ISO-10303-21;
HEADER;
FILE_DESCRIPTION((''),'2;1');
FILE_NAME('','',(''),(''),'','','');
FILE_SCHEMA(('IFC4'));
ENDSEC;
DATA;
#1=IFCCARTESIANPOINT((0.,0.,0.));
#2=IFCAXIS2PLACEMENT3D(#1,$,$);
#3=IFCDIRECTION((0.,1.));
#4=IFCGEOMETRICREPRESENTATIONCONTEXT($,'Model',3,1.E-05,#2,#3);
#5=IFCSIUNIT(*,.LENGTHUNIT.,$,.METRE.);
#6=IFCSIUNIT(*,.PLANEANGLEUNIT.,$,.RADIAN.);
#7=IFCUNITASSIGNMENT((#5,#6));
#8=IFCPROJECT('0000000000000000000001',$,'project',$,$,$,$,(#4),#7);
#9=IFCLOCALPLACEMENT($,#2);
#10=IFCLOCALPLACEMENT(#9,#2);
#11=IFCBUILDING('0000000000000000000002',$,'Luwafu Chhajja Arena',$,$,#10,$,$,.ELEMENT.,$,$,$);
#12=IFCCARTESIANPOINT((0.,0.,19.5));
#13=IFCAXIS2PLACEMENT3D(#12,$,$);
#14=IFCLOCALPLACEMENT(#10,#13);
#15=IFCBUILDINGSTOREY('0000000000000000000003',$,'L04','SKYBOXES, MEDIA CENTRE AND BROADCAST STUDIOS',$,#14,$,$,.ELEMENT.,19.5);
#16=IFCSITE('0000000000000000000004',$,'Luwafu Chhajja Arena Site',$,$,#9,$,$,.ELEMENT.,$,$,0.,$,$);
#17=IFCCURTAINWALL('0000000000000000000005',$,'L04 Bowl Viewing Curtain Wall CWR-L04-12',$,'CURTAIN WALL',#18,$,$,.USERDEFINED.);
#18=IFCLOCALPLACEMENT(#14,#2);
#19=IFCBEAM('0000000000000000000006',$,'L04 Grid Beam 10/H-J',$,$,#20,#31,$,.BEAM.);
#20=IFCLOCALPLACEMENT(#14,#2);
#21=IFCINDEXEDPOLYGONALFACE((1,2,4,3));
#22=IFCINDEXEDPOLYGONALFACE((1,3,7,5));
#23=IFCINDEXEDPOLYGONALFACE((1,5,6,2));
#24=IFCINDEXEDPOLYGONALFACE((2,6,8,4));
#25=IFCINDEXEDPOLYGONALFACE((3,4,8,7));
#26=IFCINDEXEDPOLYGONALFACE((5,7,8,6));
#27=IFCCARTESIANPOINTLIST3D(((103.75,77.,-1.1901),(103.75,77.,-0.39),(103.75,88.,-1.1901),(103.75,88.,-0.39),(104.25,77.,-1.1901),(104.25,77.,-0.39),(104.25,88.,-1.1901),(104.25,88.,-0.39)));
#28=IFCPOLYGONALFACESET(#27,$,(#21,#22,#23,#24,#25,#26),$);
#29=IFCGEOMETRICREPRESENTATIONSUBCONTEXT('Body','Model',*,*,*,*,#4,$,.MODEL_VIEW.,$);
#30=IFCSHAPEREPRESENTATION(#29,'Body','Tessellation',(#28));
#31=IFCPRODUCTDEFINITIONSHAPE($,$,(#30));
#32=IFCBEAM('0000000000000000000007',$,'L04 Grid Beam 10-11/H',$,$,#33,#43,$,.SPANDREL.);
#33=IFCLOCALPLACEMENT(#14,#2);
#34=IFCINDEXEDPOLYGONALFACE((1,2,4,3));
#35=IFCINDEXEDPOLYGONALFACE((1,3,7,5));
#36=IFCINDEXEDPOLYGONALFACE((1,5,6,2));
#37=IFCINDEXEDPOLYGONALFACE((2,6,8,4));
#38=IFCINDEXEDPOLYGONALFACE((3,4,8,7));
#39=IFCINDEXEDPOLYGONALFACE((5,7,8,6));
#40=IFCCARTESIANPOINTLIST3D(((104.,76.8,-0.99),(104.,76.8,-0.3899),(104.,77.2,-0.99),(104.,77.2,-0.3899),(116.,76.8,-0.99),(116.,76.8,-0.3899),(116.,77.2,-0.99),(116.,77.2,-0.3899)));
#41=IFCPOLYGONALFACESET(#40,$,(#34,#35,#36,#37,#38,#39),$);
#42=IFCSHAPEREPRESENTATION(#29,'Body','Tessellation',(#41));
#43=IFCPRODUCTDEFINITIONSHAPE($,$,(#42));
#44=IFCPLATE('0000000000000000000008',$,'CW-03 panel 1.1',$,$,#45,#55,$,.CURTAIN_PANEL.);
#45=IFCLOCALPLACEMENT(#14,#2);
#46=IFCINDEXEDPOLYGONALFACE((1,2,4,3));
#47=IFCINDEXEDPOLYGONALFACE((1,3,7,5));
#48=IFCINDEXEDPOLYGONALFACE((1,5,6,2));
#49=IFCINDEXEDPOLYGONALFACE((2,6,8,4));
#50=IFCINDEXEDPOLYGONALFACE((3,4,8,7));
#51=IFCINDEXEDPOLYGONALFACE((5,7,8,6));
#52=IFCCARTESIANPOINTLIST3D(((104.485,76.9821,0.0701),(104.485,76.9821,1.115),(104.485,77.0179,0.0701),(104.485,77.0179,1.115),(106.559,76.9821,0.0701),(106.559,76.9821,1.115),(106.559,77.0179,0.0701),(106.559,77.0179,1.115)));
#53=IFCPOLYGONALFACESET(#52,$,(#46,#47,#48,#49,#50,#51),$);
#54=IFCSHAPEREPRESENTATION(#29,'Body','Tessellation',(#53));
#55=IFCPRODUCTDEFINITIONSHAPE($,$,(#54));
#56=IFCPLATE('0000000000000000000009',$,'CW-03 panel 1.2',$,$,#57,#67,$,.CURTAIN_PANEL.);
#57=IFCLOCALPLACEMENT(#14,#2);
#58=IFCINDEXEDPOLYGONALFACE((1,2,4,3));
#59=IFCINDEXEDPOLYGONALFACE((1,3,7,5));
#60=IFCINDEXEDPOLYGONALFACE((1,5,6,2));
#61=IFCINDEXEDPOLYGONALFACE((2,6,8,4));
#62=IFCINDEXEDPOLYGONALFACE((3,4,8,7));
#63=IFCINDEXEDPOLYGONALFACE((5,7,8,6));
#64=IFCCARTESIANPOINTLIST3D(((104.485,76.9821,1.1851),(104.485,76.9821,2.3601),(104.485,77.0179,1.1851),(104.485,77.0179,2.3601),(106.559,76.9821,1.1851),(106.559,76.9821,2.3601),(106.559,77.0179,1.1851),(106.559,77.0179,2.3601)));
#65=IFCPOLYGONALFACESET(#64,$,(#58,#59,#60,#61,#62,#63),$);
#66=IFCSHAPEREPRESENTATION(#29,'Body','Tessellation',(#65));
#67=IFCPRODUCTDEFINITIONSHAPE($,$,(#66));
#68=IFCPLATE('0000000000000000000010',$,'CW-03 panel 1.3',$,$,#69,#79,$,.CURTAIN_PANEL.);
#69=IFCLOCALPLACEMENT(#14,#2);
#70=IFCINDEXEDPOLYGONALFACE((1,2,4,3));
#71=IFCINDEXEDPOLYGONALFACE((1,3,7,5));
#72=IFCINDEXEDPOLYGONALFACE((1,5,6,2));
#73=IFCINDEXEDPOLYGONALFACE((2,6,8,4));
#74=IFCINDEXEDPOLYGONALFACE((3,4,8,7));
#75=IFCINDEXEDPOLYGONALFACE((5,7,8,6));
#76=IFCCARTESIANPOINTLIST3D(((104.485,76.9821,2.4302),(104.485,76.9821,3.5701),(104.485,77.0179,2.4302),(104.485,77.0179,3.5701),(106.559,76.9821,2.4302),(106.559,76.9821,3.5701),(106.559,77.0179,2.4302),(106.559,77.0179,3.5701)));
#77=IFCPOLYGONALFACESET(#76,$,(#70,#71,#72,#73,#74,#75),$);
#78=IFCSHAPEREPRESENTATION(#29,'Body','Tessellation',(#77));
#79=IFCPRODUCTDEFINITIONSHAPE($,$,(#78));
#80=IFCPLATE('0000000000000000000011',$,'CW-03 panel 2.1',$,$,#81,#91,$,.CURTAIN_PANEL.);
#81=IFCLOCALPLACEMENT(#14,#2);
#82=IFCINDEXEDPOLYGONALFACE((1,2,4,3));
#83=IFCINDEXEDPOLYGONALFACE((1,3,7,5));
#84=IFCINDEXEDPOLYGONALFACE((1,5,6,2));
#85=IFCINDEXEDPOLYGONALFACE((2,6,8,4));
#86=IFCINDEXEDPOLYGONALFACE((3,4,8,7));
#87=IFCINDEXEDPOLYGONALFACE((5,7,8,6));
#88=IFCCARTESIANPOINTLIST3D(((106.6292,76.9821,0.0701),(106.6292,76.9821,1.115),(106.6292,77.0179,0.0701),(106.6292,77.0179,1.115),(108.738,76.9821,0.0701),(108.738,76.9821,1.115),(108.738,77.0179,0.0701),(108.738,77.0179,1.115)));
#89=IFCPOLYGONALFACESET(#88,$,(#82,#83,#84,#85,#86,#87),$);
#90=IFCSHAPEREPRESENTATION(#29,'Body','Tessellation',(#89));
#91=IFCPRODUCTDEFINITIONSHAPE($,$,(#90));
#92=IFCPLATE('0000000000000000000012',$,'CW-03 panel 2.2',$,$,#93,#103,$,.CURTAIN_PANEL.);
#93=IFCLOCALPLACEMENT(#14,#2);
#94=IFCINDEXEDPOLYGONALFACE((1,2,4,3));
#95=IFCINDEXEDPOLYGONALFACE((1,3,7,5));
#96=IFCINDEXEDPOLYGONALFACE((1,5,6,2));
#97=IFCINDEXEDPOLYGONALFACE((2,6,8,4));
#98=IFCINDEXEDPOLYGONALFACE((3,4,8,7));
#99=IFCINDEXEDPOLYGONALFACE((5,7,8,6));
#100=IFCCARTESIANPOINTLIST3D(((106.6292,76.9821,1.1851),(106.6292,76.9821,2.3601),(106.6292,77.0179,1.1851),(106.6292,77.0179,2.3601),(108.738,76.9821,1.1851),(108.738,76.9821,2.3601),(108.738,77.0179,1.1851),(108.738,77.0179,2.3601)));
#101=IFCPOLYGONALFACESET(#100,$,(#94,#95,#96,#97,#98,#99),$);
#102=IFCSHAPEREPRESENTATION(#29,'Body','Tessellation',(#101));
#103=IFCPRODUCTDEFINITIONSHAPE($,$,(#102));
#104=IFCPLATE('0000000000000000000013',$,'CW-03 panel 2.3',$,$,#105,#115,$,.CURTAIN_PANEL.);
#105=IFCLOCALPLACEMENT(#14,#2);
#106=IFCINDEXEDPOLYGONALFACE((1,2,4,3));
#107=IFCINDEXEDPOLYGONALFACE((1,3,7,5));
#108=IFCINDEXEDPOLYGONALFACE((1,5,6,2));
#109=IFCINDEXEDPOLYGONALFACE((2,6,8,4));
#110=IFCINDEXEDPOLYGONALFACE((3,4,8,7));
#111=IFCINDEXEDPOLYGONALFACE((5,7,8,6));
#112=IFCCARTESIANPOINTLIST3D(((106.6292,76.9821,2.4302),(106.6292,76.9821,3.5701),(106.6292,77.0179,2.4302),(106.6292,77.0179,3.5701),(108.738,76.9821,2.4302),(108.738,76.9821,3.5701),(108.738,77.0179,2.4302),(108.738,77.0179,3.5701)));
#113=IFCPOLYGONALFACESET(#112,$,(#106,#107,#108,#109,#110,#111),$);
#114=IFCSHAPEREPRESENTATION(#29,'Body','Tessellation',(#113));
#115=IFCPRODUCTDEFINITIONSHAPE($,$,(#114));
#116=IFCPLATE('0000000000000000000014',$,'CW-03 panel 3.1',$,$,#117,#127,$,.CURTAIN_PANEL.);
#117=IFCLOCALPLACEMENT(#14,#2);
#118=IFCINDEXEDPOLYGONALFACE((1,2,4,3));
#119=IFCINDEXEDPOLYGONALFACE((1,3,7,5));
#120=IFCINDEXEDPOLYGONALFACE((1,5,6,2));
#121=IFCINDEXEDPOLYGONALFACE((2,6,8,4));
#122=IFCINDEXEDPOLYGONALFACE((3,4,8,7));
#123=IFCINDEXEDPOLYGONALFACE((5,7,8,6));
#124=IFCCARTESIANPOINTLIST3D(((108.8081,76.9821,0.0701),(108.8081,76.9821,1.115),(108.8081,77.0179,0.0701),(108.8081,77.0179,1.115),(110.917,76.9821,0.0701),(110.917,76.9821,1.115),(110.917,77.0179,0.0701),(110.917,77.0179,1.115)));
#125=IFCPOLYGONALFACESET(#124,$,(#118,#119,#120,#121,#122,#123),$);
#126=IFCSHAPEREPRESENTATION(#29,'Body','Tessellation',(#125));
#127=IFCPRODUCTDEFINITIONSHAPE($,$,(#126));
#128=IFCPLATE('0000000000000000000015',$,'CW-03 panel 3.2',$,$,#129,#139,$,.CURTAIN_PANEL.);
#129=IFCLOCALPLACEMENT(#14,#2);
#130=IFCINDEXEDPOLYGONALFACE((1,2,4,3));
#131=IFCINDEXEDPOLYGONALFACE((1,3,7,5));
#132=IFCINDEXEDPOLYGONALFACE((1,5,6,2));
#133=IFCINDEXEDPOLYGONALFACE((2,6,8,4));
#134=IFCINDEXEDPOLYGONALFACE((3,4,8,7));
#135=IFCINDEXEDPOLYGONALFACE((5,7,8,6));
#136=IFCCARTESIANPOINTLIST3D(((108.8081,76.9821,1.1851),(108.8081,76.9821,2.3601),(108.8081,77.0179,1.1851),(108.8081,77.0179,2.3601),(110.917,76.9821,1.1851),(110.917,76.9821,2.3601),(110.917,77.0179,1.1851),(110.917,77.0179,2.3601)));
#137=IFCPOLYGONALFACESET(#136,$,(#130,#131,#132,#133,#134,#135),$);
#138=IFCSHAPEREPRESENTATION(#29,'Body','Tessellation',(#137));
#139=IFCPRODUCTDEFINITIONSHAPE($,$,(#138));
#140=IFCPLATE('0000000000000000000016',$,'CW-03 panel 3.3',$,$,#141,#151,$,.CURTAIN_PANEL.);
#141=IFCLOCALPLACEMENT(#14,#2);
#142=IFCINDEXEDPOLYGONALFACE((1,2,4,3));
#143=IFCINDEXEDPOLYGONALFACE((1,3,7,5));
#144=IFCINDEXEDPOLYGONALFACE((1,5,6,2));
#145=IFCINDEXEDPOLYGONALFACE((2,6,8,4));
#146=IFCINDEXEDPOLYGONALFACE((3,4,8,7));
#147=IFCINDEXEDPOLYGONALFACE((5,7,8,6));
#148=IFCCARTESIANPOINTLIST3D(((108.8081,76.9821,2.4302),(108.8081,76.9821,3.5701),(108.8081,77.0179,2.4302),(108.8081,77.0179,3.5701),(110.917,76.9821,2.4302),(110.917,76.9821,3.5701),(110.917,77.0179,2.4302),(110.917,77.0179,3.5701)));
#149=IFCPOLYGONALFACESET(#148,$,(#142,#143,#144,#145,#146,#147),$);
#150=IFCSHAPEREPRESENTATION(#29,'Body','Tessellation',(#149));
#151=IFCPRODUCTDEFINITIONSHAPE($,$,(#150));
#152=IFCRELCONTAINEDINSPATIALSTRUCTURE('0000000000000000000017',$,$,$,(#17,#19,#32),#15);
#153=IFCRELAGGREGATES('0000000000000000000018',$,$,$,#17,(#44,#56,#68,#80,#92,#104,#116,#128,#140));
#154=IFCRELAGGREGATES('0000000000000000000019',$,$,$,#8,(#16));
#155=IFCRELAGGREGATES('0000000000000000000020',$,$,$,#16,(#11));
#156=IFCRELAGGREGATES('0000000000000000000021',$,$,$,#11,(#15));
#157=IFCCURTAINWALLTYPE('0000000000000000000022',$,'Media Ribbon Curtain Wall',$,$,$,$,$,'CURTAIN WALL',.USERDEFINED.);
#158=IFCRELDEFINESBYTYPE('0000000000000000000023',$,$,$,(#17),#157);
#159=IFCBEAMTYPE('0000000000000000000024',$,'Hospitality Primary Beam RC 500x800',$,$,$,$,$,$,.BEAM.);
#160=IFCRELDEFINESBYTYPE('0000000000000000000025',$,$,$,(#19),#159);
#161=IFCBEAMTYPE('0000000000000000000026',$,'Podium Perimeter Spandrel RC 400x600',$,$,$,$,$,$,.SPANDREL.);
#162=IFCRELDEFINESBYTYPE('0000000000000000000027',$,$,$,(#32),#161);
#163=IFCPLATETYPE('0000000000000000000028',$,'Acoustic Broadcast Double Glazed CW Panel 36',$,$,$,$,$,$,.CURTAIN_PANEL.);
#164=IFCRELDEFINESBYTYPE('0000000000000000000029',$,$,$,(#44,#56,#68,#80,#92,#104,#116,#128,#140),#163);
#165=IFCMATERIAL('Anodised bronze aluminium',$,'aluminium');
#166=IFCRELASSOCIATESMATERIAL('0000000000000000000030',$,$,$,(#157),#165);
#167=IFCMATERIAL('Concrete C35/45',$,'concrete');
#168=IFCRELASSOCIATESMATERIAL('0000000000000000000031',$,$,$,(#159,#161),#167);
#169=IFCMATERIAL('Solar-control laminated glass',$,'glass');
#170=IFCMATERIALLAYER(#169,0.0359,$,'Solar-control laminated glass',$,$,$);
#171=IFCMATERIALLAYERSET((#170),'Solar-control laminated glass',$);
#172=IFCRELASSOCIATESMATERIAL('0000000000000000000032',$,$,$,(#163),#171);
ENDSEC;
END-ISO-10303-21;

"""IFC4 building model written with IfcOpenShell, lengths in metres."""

from ifc_helpers import new_model, si_unit, direction, frame, origin, origin_2d, place, context, subcontext, project, spatial, rectangle, extrude, material, layer, layer_set, material_profile, profile_set, type_object, element, aggregate, save


model = new_model("IFC4")

# Units and contexts
model_context = context("Model", 3, precision=1e-05, world=origin(), true_north=direction((0.0, 1.0)))
body_context = subcontext(model_context, "Body", "Model", "MODEL_VIEW")
ifc_project = project(units=[si_unit("LENGTHUNIT", "METRE"), si_unit("PLANEANGLEUNIT", "RADIAN")], contexts=[model_context])

# Site, building, storey
site_placement = place(None, origin())
site = spatial("IfcSite", under=ifc_project, at=site_placement, Name="Luwafu Chhajja Arena Site", CompositionType="ELEMENT", RefElevation=0.0)
building_placement = place(site_placement, origin())
building = spatial("IfcBuilding", under=site, at=building_placement, Name="Luwafu Chhajja Arena", CompositionType="ELEMENT")
storey_placement = place(building_placement, frame((0.0, 0.0, 19.5)))
storey = spatial("IfcBuildingStorey", under=building, at=storey_placement, Name="L04", Description="SKYBOXES, MEDIA CENTRE AND BROADCAST STUDIOS", CompositionType="ELEMENT", Elevation=19.5)

# Curtain wall
ifc_material_1 = material(Name="Anodised bronze aluminium", Category="aluminium")
curtain_wall_type = type_object("IfcCurtainWallType", Name="Media Ribbon Curtain Wall", ElementType="CURTAIN WALL", PredefinedType="USERDEFINED", material=ifc_material_1)
curtain_wall_placement = place(storey_placement, origin())
curtain_wall = element("IfcCurtainWall", 1, at=curtain_wall_placement, inside=storey, type_object=curtain_wall_type, Name="L04 Bowl Viewing Curtain Wall CWR-L04-12", ObjectType="CURTAIN WALL", PredefinedType="USERDEFINED")

# Beams
ifc_material_2 = material(Name="Concrete C35/45", Category="concrete")
ifc_material_profile_1 = material_profile(ifc_material_2, rectangle(XDim=0.5, YDim=0.8, at=origin_2d()), Name="RC 500x800")
ifc_profile_set_1 = profile_set([ifc_material_profile_1], Name="Concrete C35/45")
beam_type_1 = type_object("IfcBeamType", Name="Hospitality Primary Beam RC 500x800", PredefinedType="BEAM", material=ifc_profile_set_1)
beam_1_placement = place(storey_placement, frame((104.0, 77.0, -0.79), z_axis=(0.0, 1.0, 0.0), x_axis=(-1.0, 0.0, 0.0)))
element("IfcBeam", 2, at=beam_1_placement, inside=storey, type_object=beam_type_1, Name="L04 Grid Beam 10/H-J", PredefinedType="BEAM", context=body_context, shape_type="SweptSolid", body=[
    extrude(rectangle(XDim=0.5, YDim=0.8, at=origin_2d()), origin(), (0.0, 0.0, 1.0), 11.0),
])
ifc_material_profile_2 = material_profile(ifc_material_2, rectangle(XDim=0.3999, YDim=0.6001, at=origin_2d()), Name="RC 400x600")
ifc_profile_set_2 = profile_set([ifc_material_profile_2], Name="Concrete C35/45")
beam_type_2 = type_object("IfcBeamType", Name="Podium Perimeter Spandrel RC 400x600", PredefinedType="SPANDREL", material=ifc_profile_set_2)
beam_2_placement = place(storey_placement, frame((104.0, 77.0, -0.6899), z_axis=(1.0, 0.0, 0.0), x_axis=(0.0, 1.0, 0.0)))
element("IfcBeam", 3, at=beam_2_placement, inside=storey, type_object=beam_type_2, Name="L04 Grid Beam 10-11/H", PredefinedType="SPANDREL", context=body_context, shape_type="SweptSolid", body=[
    extrude(rectangle(XDim=0.3999, YDim=0.6001, at=origin_2d()), origin(), (0.0, 0.0, 1.0), 12.0),
])

# Plates
ifc_material_3 = material(Name="Solar-control laminated glass", Category="glass")
ifc_layer = layer(ifc_material_3, 0.0359, Name="Solar-control laminated glass")
ifc_layer_set = layer_set([ifc_layer], Name="Solar-control laminated glass")
plate_type = type_object("IfcPlateType", Name="Acoustic Broadcast Double Glazed CW Panel 36", PredefinedType="CURTAIN_PANEL", material=ifc_layer_set)
plate_1_placement = place(storey_placement, frame((105.522, 77.0, 0.0701), z_axis=(0.0, 0.0, 1.0), x_axis=(1.0, 0.0, 0.0)))
plate_1 = element("IfcPlate", 4, at=plate_1_placement, type_object=plate_type, Name="CW-03 panel 1.1", PredefinedType="CURTAIN_PANEL", context=body_context, shape_type="SweptSolid", body=[
    extrude(rectangle(XDim=2.074, YDim=0.0359, at=origin_2d()), origin(), (0.0, 0.0, 1.0), 1.0449),
])
plate_2_placement = place(storey_placement, frame((105.522, 77.0, 1.1851), z_axis=(0.0, 0.0, 1.0), x_axis=(1.0, 0.0, 0.0)))
plate_2 = element("IfcPlate", 5, at=plate_2_placement, type_object=plate_type, Name="CW-03 panel 1.2", PredefinedType="CURTAIN_PANEL", context=body_context, shape_type="SweptSolid", body=[
    extrude(rectangle(XDim=2.074, YDim=0.0359, at=origin_2d()), origin(), (0.0, 0.0, 1.0), 1.175),
])
plate_3_placement = place(storey_placement, frame((105.522, 77.0, 2.4302), z_axis=(0.0, 0.0, 1.0), x_axis=(1.0, 0.0, 0.0)))
plate_3 = element("IfcPlate", 6, at=plate_3_placement, type_object=plate_type, Name="CW-03 panel 1.3", PredefinedType="CURTAIN_PANEL", context=body_context, shape_type="SweptSolid", body=[
    extrude(rectangle(XDim=2.074, YDim=0.0359, at=origin_2d()), origin(), (0.0, 0.0, 1.0), 1.1399),
])
plate_4_placement = place(storey_placement, frame((107.6836, 77.0, 0.0701), z_axis=(0.0, 0.0, 1.0), x_axis=(1.0, 0.0, 0.0)))
plate_4 = element("IfcPlate", 7, at=plate_4_placement, type_object=plate_type, Name="CW-03 panel 2.1", PredefinedType="CURTAIN_PANEL", context=body_context, shape_type="SweptSolid", body=[
    extrude(rectangle(XDim=2.1089, YDim=0.0359, at=origin_2d()), origin(), (0.0, 0.0, 1.0), 1.0449),
])
plate_5_placement = place(storey_placement, frame((107.6836, 77.0, 1.1851), z_axis=(0.0, 0.0, 1.0), x_axis=(1.0, 0.0, 0.0)))
plate_5 = element("IfcPlate", 8, at=plate_5_placement, type_object=plate_type, Name="CW-03 panel 2.2", PredefinedType="CURTAIN_PANEL", context=body_context, shape_type="SweptSolid", body=[
    extrude(rectangle(XDim=2.1089, YDim=0.0359, at=origin_2d()), origin(), (0.0, 0.0, 1.0), 1.175),
])
plate_6_placement = place(storey_placement, frame((107.6836, 77.0, 2.4302), z_axis=(0.0, 0.0, 1.0), x_axis=(1.0, 0.0, 0.0)))
plate_6 = element("IfcPlate", 9, at=plate_6_placement, type_object=plate_type, Name="CW-03 panel 2.3", PredefinedType="CURTAIN_PANEL", context=body_context, shape_type="SweptSolid", body=[
    extrude(rectangle(XDim=2.1089, YDim=0.0359, at=origin_2d()), origin(), (0.0, 0.0, 1.0), 1.1399),
])
plate_7_placement = place(storey_placement, frame((109.8625, 77.0, 0.0701), z_axis=(0.0, 0.0, 1.0), x_axis=(1.0, 0.0, 0.0)))
plate_7 = element("IfcPlate", 10, at=plate_7_placement, type_object=plate_type, Name="CW-03 panel 3.1", PredefinedType="CURTAIN_PANEL", context=body_context, shape_type="SweptSolid", body=[
    extrude(rectangle(XDim=2.1089, YDim=0.0359, at=origin_2d()), origin(), (0.0, 0.0, 1.0), 1.0449),
])
plate_8_placement = place(storey_placement, frame((109.8625, 77.0, 1.1851), z_axis=(0.0, 0.0, 1.0), x_axis=(1.0, 0.0, 0.0)))
plate_8 = element("IfcPlate", 11, at=plate_8_placement, type_object=plate_type, Name="CW-03 panel 3.2", PredefinedType="CURTAIN_PANEL", context=body_context, shape_type="SweptSolid", body=[
    extrude(rectangle(XDim=2.1089, YDim=0.0359, at=origin_2d()), origin(), (0.0, 0.0, 1.0), 1.175),
])
plate_9_placement = place(storey_placement, frame((109.8625, 77.0, 2.4302), z_axis=(0.0, 0.0, 1.0), x_axis=(1.0, 0.0, 0.0)))
plate_9 = element("IfcPlate", 12, at=plate_9_placement, type_object=plate_type, Name="CW-03 panel 3.3", PredefinedType="CURTAIN_PANEL", context=body_context, shape_type="SweptSolid", body=[
    extrude(rectangle(XDim=2.1089, YDim=0.0359, at=origin_2d()), origin(), (0.0, 0.0, 1.0), 1.1399),
])
aggregate(curtain_wall, [plate_1, plate_2, plate_3, plate_4, plate_5, plate_6, plate_7, plate_8, plate_9])

save(model, "model.ifc")
